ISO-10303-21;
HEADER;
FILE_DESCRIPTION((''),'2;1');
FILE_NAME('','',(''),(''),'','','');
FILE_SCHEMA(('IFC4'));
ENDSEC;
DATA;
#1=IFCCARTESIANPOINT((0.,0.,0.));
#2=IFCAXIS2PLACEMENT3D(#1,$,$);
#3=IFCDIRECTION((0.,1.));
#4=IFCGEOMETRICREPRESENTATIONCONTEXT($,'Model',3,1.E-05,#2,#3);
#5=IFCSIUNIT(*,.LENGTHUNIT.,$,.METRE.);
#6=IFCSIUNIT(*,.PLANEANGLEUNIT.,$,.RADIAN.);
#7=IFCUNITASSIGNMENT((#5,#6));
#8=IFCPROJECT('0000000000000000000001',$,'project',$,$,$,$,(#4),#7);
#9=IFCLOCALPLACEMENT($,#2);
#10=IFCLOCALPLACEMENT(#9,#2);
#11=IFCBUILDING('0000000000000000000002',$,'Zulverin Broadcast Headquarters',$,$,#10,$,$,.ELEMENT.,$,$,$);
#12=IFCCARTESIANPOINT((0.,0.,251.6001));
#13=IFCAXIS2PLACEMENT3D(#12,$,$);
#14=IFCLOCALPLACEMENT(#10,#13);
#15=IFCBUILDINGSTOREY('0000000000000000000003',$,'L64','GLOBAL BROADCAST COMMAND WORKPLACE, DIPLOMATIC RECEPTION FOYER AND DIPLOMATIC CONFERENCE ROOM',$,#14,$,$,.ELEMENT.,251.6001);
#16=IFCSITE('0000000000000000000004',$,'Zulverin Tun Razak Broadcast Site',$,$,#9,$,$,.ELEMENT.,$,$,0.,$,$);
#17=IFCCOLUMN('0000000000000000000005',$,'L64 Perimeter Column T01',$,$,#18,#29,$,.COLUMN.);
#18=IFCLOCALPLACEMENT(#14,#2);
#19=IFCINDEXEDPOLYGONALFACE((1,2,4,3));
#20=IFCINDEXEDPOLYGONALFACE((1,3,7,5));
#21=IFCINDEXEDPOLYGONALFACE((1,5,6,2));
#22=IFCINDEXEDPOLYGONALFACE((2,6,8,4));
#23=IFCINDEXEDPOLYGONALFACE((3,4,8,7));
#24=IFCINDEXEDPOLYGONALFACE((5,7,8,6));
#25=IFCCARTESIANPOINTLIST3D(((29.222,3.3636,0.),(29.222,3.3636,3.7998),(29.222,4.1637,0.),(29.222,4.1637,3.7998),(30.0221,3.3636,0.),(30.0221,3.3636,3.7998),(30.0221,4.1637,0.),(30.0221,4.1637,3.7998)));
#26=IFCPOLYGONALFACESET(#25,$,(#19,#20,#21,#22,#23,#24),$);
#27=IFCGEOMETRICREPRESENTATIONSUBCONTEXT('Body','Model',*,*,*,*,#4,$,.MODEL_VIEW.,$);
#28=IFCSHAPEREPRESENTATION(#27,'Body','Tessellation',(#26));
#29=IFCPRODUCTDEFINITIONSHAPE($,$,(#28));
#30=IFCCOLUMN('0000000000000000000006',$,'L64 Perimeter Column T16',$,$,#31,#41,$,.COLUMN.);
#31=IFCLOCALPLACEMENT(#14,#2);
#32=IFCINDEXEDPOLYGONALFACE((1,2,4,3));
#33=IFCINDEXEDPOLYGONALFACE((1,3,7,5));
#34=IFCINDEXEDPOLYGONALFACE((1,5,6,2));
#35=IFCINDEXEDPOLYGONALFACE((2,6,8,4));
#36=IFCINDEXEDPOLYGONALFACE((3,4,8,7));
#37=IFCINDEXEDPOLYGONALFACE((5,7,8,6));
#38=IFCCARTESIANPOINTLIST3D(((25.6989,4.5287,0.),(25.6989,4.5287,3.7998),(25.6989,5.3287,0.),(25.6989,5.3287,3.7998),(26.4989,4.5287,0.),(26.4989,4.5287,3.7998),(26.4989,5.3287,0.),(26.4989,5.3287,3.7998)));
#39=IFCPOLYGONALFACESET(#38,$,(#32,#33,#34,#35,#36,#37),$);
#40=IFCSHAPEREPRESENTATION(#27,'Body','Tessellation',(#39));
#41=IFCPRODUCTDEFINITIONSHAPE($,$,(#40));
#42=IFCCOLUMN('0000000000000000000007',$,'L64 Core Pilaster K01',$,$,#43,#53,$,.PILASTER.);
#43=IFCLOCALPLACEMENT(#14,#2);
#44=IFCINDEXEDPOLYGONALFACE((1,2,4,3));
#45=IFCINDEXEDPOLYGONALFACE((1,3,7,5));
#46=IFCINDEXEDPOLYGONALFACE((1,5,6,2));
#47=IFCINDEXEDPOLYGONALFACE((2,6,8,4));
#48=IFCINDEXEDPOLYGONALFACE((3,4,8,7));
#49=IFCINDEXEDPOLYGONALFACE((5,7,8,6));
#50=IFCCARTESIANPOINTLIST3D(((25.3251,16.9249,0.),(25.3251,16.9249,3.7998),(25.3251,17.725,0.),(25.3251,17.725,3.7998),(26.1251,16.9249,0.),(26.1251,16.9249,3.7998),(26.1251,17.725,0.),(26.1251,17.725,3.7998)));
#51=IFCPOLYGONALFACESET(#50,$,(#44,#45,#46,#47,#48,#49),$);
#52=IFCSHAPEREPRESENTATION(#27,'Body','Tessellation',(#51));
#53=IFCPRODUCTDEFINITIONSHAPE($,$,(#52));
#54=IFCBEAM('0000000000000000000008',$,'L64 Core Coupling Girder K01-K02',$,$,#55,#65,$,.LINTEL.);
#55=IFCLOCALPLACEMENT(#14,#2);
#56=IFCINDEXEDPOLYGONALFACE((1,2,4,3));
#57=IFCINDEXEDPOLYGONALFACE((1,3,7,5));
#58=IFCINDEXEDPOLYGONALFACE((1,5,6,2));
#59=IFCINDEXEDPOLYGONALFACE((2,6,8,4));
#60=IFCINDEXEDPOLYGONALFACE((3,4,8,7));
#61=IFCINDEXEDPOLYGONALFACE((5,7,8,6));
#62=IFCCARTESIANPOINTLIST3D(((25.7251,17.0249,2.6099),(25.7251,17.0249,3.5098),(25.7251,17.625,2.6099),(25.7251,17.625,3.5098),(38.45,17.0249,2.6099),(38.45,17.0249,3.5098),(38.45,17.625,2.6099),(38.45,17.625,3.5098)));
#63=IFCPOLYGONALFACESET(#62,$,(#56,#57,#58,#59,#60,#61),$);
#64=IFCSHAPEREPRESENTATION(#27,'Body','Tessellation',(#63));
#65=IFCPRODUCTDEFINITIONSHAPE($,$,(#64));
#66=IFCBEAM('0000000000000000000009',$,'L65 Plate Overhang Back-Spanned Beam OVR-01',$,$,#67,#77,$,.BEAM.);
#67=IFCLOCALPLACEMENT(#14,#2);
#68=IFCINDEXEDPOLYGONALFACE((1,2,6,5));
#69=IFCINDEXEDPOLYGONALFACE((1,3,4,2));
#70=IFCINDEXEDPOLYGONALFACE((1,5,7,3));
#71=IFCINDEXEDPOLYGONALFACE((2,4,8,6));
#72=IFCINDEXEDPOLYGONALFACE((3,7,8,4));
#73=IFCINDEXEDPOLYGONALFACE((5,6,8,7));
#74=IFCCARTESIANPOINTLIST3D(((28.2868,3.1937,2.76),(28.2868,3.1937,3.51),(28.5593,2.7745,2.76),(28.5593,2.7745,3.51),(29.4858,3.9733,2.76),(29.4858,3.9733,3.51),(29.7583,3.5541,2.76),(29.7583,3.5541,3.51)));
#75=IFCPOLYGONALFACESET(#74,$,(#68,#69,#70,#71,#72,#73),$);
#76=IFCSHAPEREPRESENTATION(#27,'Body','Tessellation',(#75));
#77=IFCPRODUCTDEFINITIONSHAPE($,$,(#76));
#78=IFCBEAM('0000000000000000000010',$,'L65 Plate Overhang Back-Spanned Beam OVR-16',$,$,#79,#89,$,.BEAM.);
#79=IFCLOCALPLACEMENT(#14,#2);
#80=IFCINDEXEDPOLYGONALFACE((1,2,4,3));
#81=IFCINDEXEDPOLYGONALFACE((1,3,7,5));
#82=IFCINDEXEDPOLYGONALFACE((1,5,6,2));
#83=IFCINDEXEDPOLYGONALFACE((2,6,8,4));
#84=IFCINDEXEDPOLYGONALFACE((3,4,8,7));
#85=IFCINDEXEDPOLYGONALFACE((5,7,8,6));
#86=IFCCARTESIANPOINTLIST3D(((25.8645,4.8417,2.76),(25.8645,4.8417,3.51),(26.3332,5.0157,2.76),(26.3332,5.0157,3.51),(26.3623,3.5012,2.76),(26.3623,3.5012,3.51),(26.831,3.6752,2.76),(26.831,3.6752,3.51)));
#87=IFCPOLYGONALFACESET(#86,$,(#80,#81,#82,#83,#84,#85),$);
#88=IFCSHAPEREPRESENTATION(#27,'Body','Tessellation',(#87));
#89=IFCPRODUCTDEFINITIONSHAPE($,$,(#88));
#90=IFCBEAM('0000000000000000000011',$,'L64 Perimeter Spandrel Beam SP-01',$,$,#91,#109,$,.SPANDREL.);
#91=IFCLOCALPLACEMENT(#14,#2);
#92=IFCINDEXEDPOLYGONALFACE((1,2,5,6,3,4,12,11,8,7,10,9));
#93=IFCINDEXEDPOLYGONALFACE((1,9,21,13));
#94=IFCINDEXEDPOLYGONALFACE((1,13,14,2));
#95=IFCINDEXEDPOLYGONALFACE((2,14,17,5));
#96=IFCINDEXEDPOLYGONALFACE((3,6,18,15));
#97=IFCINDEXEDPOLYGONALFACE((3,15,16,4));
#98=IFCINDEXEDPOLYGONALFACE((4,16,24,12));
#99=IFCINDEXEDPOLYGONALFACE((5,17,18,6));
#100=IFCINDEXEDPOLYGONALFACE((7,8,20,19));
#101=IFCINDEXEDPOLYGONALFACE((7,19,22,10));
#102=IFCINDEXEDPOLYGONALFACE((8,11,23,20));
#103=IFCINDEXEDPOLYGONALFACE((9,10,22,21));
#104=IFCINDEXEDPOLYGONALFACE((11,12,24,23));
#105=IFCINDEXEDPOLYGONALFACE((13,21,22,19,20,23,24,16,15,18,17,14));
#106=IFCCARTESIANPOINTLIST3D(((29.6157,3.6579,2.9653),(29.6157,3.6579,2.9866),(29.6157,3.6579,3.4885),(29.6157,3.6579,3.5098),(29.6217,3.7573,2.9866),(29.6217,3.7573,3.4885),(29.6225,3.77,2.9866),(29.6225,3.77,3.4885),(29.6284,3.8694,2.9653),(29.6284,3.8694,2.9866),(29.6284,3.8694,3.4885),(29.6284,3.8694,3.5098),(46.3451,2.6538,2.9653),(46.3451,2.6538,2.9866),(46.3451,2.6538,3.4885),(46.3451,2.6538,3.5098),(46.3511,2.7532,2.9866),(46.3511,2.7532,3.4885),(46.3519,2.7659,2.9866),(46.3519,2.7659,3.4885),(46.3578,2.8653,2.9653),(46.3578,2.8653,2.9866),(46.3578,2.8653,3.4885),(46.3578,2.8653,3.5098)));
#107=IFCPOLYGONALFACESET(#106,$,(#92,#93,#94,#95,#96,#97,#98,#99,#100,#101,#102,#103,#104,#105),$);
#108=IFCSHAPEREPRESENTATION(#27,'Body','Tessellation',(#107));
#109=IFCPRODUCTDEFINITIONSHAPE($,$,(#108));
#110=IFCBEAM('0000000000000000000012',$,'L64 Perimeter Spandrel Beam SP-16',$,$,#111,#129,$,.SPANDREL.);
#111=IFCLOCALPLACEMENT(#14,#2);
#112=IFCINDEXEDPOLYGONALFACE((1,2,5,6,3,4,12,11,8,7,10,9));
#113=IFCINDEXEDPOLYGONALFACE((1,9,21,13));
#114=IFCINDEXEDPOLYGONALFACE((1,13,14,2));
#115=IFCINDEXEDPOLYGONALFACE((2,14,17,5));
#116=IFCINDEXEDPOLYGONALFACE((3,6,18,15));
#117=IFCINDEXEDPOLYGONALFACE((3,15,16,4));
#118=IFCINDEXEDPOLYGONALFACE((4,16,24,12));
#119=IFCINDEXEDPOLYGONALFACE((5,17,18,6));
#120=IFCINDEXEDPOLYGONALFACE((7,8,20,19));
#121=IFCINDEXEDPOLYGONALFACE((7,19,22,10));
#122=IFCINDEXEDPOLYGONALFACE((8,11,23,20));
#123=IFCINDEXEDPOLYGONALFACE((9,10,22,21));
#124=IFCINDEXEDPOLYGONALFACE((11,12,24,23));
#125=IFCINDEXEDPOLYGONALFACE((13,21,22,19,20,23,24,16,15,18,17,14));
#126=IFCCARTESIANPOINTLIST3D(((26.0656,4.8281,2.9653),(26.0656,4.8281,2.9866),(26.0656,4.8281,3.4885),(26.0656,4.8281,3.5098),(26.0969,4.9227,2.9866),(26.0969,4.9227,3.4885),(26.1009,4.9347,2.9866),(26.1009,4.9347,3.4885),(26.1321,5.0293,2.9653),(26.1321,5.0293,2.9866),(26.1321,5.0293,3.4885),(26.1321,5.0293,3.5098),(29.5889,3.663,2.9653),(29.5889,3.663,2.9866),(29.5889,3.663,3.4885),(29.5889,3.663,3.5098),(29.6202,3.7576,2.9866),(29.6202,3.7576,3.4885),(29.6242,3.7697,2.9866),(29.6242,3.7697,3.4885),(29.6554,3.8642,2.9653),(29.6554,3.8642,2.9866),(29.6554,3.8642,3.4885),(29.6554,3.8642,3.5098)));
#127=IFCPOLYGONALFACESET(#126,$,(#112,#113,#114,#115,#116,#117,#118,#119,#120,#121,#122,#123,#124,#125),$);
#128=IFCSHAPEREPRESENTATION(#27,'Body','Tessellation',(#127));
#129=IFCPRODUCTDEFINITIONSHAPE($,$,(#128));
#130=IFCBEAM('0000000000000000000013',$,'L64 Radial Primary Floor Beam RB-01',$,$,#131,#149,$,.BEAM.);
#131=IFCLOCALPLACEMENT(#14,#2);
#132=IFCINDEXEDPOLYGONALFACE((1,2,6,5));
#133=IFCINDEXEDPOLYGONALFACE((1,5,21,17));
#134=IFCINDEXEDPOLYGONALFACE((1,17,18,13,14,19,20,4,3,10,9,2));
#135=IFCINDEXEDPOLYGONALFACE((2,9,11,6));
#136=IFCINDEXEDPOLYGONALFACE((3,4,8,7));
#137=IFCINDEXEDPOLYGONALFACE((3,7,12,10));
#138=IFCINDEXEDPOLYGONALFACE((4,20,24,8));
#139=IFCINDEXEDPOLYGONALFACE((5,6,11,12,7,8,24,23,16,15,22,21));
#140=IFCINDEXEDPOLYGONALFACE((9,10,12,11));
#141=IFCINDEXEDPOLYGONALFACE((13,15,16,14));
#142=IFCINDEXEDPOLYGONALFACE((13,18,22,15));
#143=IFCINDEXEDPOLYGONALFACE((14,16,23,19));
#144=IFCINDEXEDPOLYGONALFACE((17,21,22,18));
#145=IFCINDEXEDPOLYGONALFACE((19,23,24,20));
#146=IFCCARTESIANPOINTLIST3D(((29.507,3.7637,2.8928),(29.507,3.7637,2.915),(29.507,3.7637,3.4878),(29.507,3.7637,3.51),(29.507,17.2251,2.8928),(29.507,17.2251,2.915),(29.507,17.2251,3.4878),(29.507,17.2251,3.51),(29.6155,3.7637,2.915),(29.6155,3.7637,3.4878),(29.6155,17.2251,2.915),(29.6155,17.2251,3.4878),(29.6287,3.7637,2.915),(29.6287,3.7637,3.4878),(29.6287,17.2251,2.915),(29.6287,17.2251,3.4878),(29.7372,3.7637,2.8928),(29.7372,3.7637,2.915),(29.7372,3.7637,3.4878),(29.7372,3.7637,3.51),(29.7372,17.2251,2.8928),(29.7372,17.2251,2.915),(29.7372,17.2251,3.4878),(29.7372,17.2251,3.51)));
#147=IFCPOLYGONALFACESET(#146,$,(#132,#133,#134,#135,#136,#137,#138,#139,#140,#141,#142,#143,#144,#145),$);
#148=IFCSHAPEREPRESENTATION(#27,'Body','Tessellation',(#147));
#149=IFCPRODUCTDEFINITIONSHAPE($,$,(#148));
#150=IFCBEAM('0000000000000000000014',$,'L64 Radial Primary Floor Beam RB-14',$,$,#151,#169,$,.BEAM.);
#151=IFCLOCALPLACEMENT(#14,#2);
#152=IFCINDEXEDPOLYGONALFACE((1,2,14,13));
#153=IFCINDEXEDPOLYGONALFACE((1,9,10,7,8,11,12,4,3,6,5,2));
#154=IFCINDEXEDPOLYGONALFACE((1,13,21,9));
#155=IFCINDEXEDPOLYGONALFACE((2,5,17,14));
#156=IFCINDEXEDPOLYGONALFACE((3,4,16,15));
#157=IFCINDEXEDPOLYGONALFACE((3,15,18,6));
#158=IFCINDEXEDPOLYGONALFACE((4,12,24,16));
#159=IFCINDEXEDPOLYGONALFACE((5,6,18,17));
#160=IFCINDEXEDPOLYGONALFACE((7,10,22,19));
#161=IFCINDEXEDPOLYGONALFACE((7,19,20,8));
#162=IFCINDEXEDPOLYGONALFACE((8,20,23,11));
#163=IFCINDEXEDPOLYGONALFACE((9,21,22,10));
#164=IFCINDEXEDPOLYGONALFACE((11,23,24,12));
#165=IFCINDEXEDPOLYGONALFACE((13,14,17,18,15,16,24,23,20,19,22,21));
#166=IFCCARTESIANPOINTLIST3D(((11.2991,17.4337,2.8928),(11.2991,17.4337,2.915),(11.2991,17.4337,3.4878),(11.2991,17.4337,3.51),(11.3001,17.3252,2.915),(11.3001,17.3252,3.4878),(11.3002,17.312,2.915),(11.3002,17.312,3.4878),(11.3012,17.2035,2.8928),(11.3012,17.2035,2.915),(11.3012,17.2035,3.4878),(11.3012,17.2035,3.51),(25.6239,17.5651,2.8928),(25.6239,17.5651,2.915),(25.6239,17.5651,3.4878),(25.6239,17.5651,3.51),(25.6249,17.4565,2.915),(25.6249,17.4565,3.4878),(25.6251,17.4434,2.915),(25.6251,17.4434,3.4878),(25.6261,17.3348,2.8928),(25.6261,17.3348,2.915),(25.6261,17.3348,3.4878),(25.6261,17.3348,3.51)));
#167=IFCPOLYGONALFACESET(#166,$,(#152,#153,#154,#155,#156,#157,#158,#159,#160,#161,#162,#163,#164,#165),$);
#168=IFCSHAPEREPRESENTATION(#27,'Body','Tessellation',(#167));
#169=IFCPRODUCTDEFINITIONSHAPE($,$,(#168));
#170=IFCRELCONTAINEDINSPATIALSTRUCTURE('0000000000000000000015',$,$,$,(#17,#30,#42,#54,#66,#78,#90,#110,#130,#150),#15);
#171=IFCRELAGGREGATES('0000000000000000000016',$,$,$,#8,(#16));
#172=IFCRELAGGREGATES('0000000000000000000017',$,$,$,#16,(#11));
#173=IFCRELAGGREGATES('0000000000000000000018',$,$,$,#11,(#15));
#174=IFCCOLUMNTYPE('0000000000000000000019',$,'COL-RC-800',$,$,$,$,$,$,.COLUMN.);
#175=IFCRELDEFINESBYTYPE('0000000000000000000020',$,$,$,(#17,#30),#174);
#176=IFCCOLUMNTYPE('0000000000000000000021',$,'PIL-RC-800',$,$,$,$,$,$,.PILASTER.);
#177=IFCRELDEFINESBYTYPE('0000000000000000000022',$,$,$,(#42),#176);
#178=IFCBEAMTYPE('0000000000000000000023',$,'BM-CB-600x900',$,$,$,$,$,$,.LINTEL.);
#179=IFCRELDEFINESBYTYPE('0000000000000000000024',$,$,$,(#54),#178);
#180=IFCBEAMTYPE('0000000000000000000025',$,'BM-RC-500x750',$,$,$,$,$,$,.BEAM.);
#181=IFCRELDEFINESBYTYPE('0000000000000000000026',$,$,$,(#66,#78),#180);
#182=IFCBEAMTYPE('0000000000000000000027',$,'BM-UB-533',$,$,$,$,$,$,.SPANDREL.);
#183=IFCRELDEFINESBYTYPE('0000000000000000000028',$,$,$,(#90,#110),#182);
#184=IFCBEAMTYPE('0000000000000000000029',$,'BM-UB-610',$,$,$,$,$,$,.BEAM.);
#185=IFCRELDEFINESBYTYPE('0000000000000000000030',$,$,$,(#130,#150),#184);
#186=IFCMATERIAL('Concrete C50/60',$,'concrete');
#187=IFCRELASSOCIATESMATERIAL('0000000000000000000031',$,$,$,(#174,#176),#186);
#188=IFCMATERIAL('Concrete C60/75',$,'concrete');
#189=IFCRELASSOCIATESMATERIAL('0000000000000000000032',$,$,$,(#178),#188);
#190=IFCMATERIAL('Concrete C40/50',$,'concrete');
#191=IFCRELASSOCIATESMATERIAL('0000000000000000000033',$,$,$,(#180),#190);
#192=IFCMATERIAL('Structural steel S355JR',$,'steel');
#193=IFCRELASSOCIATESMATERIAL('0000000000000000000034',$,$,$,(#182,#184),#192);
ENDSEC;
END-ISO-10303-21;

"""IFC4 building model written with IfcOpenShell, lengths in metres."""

from ifc_helpers import new_model, si_unit, direction, frame, origin, origin_2d, place, context, subcontext, project, spatial, rectangle, i_section, extrude, material, material_profile, profile_set, type_object, element, save


model = new_model("IFC4")

# Units and contexts
model_context = context("Model", 3, precision=1e-05, world=origin(), true_north=direction((0.0, 1.0)))
body_context = subcontext(model_context, "Body", "Model", "MODEL_VIEW")
ifc_project = project(units=[si_unit("LENGTHUNIT", "METRE"), si_unit("PLANEANGLEUNIT", "RADIAN")], contexts=[model_context])

# Site, building, storey
site_placement = place(None, origin())
site = spatial("IfcSite", under=ifc_project, at=site_placement, Name="Zulverin Tun Razak Broadcast Site", CompositionType="ELEMENT", RefElevation=0.0)
building_placement = place(site_placement, origin())
building = spatial("IfcBuilding", under=site, at=building_placement, Name="Zulverin Broadcast Headquarters", CompositionType="ELEMENT")
storey_placement = place(building_placement, frame((0.0, 0.0, 251.6001)))
storey = spatial("IfcBuildingStorey", under=building, at=storey_placement, Name="L64", Description="GLOBAL BROADCAST COMMAND WORKPLACE, DIPLOMATIC RECEPTION FOYER AND DIPLOMATIC CONFERENCE ROOM", CompositionType="ELEMENT", Elevation=251.6001)

# Columns
ifc_material_1 = material(Name="Concrete C50/60", Category="concrete")
ifc_material_profile_1 = material_profile(ifc_material_1, rectangle(XDim=0.8, YDim=0.8, at=origin_2d()), Name="Concrete C50/60", Category="concrete")
ifc_profile_set_1 = profile_set([ifc_material_profile_1], Name="Concrete C50/60")
column_type_1 = type_object("IfcColumnType", Name="COL-RC-800", PredefinedType="COLUMN", material=ifc_profile_set_1)
for number, where, z_axis, x_axis, name in (
    (1, (29.6221, 3.7637, 0.0), (0.0, 0.0, 1.0), (1.0, 0.0, 0.0), "L64 Perimeter Column T01"),
    (2, (26.0989, 4.9287, 0.0), (0.0, 0.0, 1.0), (1.0, 0.0, 0.0), "L64 Perimeter Column T16"),
):
    element("IfcColumn", number, at=place(storey_placement, frame(where, z_axis=z_axis, x_axis=x_axis)), inside=storey, type_object=column_type_1, Name=name, PredefinedType="COLUMN", context=body_context, shape_type="SweptSolid", body=[
        extrude(rectangle(XDim=0.8, YDim=0.8, at=origin_2d()), origin(), (0.0, 0.0, 1.0), 3.7998),
    ])
ifc_material_profile_2 = material_profile(ifc_material_1, rectangle(XDim=0.8, YDim=0.8, at=origin_2d()), Name="Concrete C50/60", Category="concrete")
ifc_profile_set_2 = profile_set([ifc_material_profile_2], Name="Concrete C50/60")
column_type_2 = type_object("IfcColumnType", Name="PIL-RC-800", PredefinedType="PILASTER", material=ifc_profile_set_2)
column_placement = place(storey_placement, frame((25.7251, 17.325, 0.0), z_axis=(0.0, 0.0, 1.0), x_axis=(1.0, 0.0, 0.0)))
element("IfcColumn", 3, at=column_placement, inside=storey, type_object=column_type_2, Name="L64 Core Pilaster K01", PredefinedType="PILASTER", context=body_context, shape_type="SweptSolid", body=[
    extrude(rectangle(XDim=0.8, YDim=0.8, at=origin_2d()), origin(), (0.0, 0.0, 1.0), 3.7998),
])

# Beams
ifc_material_2 = material(Name="Concrete C60/75", Category="concrete")
ifc_material_profile_3 = material_profile(ifc_material_2, rectangle(XDim=0.6001, YDim=0.8999, at=origin_2d()), Name="Concrete C60/75", Category="concrete")
ifc_profile_set_3 = profile_set([ifc_material_profile_3], Name="Concrete C60/75")
beam_type_1 = type_object("IfcBeamType", Name="BM-CB-600x900", PredefinedType="LINTEL", material=ifc_profile_set_3)
beam_1_placement = place(storey_placement, frame((25.7251, 17.325, 3.0598), z_axis=(1.0, 0.0, 0.0), x_axis=(0.0, 1.0, 0.0)))
element("IfcBeam", 4, at=beam_1_placement, inside=storey, type_object=beam_type_1, Name="L64 Core Coupling Girder K01-K02", PredefinedType="LINTEL", context=body_context, shape_type="SweptSolid", body=[
    extrude(rectangle(XDim=0.6001, YDim=0.8999, at=origin_2d()), origin(), (0.0, 0.0, 1.0), 12.7249),
])
ifc_material_3 = material(Name="Concrete C40/50", Category="concrete")
ifc_material_profile_4 = material_profile(ifc_material_3, rectangle(XDim=0.5, YDim=0.75, at=origin_2d()), Name="Concrete C40/50", Category="concrete")
ifc_profile_set_4 = profile_set([ifc_material_profile_4], Name="Concrete C40/50")
beam_type_2 = type_object("IfcBeamType", Name="BM-RC-500x750", PredefinedType="BEAM", material=ifc_profile_set_4)
beam_2_placement = place(storey_placement, frame((29.6221, 3.7637, 3.135), z_axis=(-0.838377, -0.54509, 0.0), x_axis=(0.54509, -0.838377, 0.0)))
element("IfcBeam", 5, at=beam_2_placement, inside=storey, type_object=beam_type_2, Name="L65 Plate Overhang Back-Spanned Beam OVR-01", PredefinedType="BEAM", context=body_context, shape_type="SweptSolid", body=[
    extrude(rectangle(XDim=0.5, YDim=0.75, at=origin_2d()), origin(), (0.0, 0.0, 1.0), 1.4302),
])
beam_3_placement = place(storey_placement, frame((26.0989, 4.9287, 3.135), z_axis=(0.348109, -0.937454, 0.0), x_axis=(0.937454, 0.348109, 0.0)))
element("IfcBeam", 6, at=beam_3_placement, inside=storey, type_object=beam_type_2, Name="L65 Plate Overhang Back-Spanned Beam OVR-16", PredefinedType="BEAM", context=body_context, shape_type="SweptSolid", body=[
    extrude(rectangle(XDim=0.5, YDim=0.75, at=origin_2d()), origin(), (0.0, 0.0, 1.0), 1.4299),
])
ifc_material_4 = material(Name="Structural steel S355JR", Category="steel")
ifc_material_profile_5 = material_profile(ifc_material_4, i_section(OverallWidth=0.2119, OverallDepth=0.5444, WebThickness=0.0127, FlangeThickness=0.0212, at=origin_2d()), Name="Structural steel S355JR", Category="steel")
ifc_profile_set_5 = profile_set([ifc_material_profile_5], Name="Structural steel S355JR")
beam_type_3 = type_object("IfcBeamType", Name="BM-UB-533", PredefinedType="SPANDREL", material=ifc_profile_set_5)
beam_4_placement = place(storey_placement, frame((29.6221, 3.7637, 3.2375), z_axis=(0.998203, -0.059915, 0.0), x_axis=(0.059915, 0.998203, 0.0)))
element("IfcBeam", 7, at=beam_4_placement, inside=storey, type_object=beam_type_3, Name="L64 Perimeter Spandrel Beam SP-01", PredefinedType="SPANDREL", context=body_context, shape_type="SweptSolid", body=[
    extrude(i_section(OverallWidth=0.2119, OverallDepth=0.5444, WebThickness=0.0127, FlangeThickness=0.0212, at=origin_2d()), origin(), (0.0, 0.0, 1.0), 16.7595),
])
beam_5_placement = place(storey_placement, frame((26.0989, 4.9287, 3.2375), z_axis=(0.949437, -0.313957, 0.0), x_axis=(0.313957, 0.949437, 0.0)))
element("IfcBeam", 8, at=beam_5_placement, inside=storey, type_object=beam_type_3, Name="L64 Perimeter Spandrel Beam SP-16", PredefinedType="SPANDREL", context=body_context, shape_type="SweptSolid", body=[
    extrude(i_section(OverallWidth=0.2119, OverallDepth=0.5444, WebThickness=0.0127, FlangeThickness=0.0212, at=origin_2d()), origin(), (0.0, 0.0, 1.0), 3.7109),
])
ifc_material_profile_6 = material_profile(ifc_material_4, i_section(OverallWidth=0.2302, OverallDepth=0.6172, WebThickness=0.0132, FlangeThickness=0.0222, at=origin_2d()), Name="Structural steel S355JR", Category="steel")
ifc_profile_set_6 = profile_set([ifc_material_profile_6], Name="Structural steel S355JR")
beam_type_4 = type_object("IfcBeamType", Name="BM-UB-610", PredefinedType="BEAM", material=ifc_profile_set_6)
beam_6_placement = place(storey_placement, frame((29.6221, 17.2251, 3.2014), z_axis=(0.0, -1.0, 0.0), x_axis=(1.0, 0.0, 0.0)))
element("IfcBeam", 9, at=beam_6_placement, inside=storey, type_object=beam_type_4, Name="L64 Radial Primary Floor Beam RB-01", PredefinedType="BEAM", context=body_context, shape_type="SweptSolid", body=[
    extrude(i_section(OverallWidth=0.2302, OverallDepth=0.6172, WebThickness=0.0132, FlangeThickness=0.0222, at=origin_2d()), origin(), (0.0, 0.0, 1.0), 13.4614),
])
beam_7_placement = place(storey_placement, frame((25.625, 17.45, 3.2014), z_axis=(-0.999958, -0.009169, 0.0), x_axis=(0.009169, -0.999958, 0.0)))
element("IfcBeam", 10, at=beam_7_placement, inside=storey, type_object=beam_type_4, Name="L64 Radial Primary Floor Beam RB-14", PredefinedType="BEAM", context=body_context, shape_type="SweptSolid", body=[
    extrude(i_section(OverallWidth=0.2302, OverallDepth=0.6172, WebThickness=0.0132, FlangeThickness=0.0222, at=origin_2d()), origin(), (0.0, 0.0, 1.0), 14.3254),
])

save(model, "model.ifc")
